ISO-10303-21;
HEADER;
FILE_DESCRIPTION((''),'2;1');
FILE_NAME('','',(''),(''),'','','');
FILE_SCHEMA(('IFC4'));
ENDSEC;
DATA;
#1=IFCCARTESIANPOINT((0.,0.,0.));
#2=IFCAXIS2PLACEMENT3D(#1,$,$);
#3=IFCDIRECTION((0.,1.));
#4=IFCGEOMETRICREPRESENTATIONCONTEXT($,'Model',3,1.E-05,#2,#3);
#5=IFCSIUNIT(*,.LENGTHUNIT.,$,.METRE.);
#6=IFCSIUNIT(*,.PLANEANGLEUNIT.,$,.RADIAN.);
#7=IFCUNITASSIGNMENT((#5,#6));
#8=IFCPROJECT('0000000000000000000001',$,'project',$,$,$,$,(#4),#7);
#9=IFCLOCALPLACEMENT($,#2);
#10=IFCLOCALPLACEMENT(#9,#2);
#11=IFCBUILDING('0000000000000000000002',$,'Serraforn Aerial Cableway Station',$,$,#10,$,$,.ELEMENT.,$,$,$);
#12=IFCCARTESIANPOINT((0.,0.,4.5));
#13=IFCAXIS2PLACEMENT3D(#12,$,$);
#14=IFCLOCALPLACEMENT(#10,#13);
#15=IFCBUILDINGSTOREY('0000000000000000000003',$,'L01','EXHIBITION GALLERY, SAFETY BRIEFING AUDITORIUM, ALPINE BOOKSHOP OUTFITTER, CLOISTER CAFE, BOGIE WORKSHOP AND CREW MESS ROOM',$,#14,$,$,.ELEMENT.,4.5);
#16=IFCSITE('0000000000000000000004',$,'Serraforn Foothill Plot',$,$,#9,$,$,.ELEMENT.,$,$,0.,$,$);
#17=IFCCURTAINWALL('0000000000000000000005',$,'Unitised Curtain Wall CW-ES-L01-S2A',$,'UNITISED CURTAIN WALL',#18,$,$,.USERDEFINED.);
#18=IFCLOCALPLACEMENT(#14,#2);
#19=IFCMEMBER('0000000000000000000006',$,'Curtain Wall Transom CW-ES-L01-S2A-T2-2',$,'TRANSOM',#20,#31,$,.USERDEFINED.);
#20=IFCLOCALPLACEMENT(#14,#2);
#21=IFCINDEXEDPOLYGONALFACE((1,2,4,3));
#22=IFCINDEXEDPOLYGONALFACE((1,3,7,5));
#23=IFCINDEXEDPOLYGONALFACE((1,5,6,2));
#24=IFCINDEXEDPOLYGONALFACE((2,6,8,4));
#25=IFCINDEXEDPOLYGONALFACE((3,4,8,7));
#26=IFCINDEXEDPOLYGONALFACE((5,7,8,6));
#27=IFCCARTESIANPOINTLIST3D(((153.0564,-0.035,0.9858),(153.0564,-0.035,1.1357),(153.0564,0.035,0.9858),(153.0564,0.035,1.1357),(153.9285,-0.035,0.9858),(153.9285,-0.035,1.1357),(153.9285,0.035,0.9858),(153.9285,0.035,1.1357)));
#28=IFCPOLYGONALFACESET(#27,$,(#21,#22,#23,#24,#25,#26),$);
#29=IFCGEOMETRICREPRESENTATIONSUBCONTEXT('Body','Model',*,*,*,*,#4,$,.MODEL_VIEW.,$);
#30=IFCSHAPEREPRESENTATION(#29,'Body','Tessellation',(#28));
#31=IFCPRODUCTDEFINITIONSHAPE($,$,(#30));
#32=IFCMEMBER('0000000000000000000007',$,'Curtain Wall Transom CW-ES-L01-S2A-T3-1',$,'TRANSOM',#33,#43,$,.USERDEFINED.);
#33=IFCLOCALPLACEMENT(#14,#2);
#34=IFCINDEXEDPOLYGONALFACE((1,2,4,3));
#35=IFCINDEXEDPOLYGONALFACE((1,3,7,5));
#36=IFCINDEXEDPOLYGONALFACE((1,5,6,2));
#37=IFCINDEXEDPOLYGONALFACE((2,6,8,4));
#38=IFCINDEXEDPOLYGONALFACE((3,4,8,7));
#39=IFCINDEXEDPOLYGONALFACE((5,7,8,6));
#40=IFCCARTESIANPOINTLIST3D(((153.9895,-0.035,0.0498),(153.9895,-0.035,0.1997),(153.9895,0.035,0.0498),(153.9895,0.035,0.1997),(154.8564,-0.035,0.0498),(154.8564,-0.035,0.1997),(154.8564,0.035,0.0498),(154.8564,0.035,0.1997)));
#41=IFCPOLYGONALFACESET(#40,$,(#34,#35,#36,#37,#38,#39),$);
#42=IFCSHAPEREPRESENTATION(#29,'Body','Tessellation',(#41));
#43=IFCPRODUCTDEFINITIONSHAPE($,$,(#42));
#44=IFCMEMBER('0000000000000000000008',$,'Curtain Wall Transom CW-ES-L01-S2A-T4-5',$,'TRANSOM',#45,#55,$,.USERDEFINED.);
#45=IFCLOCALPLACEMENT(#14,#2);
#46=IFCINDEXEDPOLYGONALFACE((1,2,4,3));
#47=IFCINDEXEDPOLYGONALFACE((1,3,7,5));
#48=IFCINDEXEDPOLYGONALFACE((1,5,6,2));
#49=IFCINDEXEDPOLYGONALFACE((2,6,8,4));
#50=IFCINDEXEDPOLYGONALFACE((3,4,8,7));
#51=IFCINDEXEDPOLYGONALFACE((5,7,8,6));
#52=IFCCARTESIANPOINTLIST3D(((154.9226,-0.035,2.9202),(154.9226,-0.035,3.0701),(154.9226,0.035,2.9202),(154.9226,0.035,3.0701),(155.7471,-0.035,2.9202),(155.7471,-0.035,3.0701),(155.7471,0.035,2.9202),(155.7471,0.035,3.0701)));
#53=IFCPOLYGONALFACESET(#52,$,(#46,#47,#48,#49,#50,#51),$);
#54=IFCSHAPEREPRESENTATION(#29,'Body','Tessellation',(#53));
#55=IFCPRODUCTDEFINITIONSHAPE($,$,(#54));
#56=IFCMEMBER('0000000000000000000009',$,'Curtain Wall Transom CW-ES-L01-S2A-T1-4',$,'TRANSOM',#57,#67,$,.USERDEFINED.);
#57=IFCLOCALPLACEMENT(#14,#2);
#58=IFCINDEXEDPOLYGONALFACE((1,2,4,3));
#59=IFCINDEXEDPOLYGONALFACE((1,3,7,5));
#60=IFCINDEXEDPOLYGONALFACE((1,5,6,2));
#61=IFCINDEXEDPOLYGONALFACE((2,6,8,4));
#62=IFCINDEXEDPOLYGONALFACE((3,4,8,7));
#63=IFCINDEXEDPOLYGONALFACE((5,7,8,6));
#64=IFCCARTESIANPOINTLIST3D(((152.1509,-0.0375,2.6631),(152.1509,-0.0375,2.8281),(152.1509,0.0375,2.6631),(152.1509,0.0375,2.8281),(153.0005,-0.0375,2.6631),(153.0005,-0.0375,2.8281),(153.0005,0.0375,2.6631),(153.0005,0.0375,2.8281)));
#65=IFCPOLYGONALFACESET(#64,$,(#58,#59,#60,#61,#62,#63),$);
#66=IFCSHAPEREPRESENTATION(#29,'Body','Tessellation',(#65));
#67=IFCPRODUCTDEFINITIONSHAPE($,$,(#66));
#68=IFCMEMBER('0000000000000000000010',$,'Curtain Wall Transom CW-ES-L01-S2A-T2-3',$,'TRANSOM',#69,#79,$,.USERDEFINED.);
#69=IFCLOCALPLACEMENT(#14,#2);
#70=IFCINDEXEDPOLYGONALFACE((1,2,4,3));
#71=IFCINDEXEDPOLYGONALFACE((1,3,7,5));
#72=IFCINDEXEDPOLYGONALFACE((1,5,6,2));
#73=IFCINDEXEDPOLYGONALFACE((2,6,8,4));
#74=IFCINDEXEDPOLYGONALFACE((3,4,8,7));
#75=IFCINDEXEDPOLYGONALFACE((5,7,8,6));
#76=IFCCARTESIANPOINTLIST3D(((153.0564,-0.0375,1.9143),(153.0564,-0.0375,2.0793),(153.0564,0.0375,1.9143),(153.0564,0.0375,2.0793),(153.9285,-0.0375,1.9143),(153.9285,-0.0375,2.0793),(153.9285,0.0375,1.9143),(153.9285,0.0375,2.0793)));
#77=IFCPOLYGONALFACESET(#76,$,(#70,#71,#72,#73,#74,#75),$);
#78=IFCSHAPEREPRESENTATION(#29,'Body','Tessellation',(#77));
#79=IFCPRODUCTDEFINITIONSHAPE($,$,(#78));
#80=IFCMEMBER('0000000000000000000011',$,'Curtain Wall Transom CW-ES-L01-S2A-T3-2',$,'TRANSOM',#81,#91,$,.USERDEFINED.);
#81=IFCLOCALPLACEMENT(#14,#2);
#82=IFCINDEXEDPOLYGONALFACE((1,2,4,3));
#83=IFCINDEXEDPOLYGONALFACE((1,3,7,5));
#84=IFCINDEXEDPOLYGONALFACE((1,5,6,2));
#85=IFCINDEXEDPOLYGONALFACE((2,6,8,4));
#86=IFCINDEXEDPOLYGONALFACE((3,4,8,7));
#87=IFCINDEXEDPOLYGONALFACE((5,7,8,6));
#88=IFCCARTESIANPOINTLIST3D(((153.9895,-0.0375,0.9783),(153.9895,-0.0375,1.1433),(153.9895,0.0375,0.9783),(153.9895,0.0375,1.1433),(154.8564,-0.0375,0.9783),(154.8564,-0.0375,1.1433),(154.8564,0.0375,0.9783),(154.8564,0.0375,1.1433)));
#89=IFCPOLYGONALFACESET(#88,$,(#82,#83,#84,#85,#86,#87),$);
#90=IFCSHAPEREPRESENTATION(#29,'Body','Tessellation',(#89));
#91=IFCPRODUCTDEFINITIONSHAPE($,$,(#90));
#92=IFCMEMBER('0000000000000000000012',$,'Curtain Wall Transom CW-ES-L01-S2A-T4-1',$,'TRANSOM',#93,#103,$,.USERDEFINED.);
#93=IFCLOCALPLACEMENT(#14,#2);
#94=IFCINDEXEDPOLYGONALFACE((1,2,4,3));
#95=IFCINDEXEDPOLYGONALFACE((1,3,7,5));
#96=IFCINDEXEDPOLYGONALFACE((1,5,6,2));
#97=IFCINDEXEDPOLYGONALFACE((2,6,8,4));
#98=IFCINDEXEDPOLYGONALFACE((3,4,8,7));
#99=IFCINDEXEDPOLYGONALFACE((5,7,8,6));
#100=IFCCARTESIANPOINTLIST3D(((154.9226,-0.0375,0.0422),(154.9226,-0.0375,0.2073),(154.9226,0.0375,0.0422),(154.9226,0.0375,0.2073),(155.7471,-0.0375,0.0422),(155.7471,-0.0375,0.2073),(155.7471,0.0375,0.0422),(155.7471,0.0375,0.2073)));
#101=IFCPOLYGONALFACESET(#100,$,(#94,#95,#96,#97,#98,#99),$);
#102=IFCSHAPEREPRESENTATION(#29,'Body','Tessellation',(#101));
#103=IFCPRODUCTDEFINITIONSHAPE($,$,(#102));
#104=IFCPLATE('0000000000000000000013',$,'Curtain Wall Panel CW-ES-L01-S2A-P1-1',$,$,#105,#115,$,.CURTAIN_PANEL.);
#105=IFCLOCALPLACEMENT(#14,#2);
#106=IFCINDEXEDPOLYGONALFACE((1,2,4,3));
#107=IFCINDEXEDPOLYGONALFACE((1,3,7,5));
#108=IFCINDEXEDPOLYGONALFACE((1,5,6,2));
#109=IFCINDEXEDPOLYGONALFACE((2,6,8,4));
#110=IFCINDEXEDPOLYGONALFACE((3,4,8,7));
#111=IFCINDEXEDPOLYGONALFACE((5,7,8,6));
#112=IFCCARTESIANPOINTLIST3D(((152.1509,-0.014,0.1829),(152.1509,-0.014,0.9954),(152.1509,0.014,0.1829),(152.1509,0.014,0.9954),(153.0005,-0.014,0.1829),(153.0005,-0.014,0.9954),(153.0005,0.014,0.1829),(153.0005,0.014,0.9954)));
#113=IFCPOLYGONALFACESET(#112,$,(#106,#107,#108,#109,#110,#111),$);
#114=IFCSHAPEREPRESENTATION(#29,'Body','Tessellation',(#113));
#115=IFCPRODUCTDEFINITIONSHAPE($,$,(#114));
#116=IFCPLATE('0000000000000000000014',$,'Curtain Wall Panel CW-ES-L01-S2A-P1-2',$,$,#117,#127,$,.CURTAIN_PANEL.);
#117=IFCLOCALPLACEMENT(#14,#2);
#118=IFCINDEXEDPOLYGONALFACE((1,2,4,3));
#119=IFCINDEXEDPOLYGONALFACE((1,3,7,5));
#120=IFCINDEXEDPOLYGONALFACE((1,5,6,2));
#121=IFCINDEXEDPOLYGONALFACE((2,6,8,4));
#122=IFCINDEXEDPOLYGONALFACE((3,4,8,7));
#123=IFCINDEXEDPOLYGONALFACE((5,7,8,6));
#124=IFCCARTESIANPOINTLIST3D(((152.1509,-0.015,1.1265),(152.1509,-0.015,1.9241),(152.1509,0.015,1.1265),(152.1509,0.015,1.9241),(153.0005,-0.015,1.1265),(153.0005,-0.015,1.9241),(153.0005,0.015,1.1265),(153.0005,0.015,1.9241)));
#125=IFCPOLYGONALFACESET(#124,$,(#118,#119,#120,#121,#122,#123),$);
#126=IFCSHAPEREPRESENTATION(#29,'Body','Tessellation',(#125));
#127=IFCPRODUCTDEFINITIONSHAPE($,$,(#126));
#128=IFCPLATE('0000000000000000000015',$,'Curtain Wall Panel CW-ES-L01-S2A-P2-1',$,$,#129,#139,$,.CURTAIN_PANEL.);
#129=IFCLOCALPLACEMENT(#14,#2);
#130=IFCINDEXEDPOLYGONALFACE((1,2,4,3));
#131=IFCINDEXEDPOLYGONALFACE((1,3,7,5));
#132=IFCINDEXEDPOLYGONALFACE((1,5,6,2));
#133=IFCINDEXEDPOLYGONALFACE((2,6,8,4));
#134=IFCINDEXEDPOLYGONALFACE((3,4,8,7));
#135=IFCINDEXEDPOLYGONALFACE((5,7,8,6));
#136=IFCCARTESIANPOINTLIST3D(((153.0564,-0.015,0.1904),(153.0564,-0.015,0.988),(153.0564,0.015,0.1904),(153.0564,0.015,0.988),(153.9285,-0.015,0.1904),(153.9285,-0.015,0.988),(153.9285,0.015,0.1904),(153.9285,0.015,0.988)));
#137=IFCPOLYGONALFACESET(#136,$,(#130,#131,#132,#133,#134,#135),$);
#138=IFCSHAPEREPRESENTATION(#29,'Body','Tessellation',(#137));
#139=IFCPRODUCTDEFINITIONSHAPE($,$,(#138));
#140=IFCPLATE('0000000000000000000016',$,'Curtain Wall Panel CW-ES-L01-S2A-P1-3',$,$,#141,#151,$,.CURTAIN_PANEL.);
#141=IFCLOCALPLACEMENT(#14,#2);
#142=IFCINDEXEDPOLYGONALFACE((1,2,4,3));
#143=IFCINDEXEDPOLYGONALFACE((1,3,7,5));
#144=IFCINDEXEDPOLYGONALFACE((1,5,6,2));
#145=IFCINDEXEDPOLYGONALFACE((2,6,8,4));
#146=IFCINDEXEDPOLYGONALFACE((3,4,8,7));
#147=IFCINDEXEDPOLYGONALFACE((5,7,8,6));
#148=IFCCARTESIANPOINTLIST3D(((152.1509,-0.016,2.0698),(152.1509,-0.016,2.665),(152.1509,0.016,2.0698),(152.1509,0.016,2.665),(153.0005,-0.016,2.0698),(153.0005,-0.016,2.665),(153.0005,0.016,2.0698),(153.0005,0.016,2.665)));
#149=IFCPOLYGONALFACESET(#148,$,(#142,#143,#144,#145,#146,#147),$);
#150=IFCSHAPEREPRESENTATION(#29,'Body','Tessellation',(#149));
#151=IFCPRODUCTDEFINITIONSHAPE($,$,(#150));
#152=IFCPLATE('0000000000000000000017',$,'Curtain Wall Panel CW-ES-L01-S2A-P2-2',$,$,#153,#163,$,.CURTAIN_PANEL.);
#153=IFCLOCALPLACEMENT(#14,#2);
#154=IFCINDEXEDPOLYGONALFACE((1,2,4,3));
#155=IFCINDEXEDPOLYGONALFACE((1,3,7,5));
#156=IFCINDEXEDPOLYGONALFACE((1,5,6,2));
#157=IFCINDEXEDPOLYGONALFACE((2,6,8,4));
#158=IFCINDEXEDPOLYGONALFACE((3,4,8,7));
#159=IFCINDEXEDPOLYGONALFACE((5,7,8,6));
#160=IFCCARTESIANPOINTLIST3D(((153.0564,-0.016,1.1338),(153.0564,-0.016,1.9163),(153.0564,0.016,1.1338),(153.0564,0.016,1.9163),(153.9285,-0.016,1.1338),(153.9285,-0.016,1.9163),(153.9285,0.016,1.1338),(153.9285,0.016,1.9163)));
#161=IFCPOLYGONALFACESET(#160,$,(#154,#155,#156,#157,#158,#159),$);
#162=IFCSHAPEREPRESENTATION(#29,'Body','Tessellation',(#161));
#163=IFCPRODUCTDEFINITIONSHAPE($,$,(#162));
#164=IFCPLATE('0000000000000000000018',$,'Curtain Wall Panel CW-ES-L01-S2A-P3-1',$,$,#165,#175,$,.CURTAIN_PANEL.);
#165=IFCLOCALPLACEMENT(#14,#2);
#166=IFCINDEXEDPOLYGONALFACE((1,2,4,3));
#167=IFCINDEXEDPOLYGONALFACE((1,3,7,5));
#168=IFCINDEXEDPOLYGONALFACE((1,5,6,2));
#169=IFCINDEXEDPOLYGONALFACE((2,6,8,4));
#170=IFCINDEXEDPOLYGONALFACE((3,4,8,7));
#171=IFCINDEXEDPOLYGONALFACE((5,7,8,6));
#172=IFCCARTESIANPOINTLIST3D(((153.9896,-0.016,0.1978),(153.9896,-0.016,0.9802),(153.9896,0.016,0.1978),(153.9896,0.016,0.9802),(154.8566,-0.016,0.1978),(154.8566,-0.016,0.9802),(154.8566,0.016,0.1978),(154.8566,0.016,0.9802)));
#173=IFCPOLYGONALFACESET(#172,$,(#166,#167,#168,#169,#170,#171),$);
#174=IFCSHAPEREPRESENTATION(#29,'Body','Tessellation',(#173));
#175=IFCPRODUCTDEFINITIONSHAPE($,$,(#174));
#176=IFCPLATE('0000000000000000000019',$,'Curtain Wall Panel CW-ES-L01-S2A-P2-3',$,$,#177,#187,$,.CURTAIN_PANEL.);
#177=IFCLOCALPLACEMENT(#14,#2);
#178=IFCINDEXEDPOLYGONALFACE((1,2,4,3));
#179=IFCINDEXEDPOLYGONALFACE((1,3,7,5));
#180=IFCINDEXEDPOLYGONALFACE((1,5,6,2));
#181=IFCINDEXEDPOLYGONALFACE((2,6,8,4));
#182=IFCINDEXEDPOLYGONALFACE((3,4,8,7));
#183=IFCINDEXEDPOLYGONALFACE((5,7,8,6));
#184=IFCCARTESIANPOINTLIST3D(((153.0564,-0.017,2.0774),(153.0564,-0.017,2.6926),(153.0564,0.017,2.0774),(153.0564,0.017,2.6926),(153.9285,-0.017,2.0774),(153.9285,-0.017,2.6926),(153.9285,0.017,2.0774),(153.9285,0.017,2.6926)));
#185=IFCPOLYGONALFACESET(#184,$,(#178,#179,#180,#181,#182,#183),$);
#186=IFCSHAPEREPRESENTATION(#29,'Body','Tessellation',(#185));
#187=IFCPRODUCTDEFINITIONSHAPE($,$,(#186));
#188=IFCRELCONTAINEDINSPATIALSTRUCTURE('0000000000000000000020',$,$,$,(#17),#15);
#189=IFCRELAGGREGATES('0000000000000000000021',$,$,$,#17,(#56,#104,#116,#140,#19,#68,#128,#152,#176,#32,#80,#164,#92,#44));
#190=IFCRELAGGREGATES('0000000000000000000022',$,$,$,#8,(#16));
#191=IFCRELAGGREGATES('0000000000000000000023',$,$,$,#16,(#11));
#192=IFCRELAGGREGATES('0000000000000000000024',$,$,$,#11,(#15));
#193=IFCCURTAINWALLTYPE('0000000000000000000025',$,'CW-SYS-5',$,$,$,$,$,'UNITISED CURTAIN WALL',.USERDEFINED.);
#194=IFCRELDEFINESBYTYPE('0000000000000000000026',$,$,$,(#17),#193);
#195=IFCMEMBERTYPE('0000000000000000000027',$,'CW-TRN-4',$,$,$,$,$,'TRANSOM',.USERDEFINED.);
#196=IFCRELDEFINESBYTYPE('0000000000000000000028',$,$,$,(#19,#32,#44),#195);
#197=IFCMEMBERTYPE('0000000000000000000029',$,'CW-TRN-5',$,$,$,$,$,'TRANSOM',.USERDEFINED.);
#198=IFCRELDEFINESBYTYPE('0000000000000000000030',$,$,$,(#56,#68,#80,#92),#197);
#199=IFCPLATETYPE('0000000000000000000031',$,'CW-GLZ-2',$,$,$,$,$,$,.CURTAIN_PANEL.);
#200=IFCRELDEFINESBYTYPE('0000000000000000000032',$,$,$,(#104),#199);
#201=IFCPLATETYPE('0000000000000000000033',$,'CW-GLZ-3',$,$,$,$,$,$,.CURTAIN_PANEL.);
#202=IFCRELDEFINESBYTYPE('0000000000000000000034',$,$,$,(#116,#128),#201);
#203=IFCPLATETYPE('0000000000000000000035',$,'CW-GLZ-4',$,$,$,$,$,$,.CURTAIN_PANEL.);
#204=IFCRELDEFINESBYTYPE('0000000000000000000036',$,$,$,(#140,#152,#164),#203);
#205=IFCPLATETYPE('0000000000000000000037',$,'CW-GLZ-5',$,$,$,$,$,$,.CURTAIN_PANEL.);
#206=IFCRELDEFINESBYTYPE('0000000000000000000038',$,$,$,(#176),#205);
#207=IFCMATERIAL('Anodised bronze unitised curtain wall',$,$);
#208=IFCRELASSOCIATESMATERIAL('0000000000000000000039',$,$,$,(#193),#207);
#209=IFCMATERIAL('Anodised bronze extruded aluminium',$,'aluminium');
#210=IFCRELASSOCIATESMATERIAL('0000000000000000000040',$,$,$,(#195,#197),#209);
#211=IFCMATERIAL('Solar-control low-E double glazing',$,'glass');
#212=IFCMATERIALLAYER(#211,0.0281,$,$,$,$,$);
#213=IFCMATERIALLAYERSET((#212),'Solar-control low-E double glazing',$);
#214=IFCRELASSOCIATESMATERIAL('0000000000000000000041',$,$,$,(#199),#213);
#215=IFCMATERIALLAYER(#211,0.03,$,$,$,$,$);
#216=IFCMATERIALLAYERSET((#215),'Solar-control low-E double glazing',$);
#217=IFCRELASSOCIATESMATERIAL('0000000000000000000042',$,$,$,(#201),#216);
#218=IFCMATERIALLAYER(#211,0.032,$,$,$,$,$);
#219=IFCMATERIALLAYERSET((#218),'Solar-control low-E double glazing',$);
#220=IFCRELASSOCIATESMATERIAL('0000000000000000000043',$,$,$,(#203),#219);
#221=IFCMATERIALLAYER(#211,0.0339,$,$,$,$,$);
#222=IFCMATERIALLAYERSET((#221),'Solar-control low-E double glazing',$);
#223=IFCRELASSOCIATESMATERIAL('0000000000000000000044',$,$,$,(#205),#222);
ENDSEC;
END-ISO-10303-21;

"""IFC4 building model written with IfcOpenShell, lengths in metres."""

from ifc_helpers import new_model, si_unit, direction, frame, origin, origin_2d, place, context, subcontext, project, spatial, rectangle, extrude, material, layer, layer_set, material_profile, profile_set, type_object, element, aggregate, save


model = new_model("IFC4")

# Units and contexts
model_context = context("Model", 3, precision=1e-05, world=origin(), true_north=direction((0.0, 1.0)))
body_context = subcontext(model_context, "Body", "Model", "MODEL_VIEW")
ifc_project = project(units=[si_unit("LENGTHUNIT", "METRE"), si_unit("PLANEANGLEUNIT", "RADIAN")], contexts=[model_context])

# Site, building, storey
site_placement = place(None, origin())
site = spatial("IfcSite", under=ifc_project, at=site_placement, Name="Serraforn Foothill Plot", CompositionType="ELEMENT", RefElevation=0.0)
building_placement = place(site_placement, origin())
building = spatial("IfcBuilding", under=site, at=building_placement, Name="Serraforn Aerial Cableway Station", CompositionType="ELEMENT")
storey_placement = place(building_placement, frame((0.0, 0.0, 4.5)))
storey = spatial("IfcBuildingStorey", under=building, at=storey_placement, Name="L01", Description="EXHIBITION GALLERY, SAFETY BRIEFING AUDITORIUM, ALPINE BOOKSHOP OUTFITTER, CLOISTER CAFE, BOGIE WORKSHOP AND CREW MESS ROOM", CompositionType="ELEMENT", Elevation=4.5)

# Curtain wall, members, plates
ifc_material_1 = material(Name="Anodised bronze unitised curtain wall")
curtain_wall_type = type_object("IfcCurtainWallType", Name="CW-SYS-5", ElementType="UNITISED CURTAIN WALL", PredefinedType="USERDEFINED", material=ifc_material_1)
curtain_wall_placement = place(storey_placement, origin())
curtain_wall = element("IfcCurtainWall", 1, at=curtain_wall_placement, inside=storey, type_object=curtain_wall_type, Name="Unitised Curtain Wall CW-ES-L01-S2A", ObjectType="UNITISED CURTAIN WALL", PredefinedType="USERDEFINED")
ifc_material_2 = material(Name="Anodised bronze extruded aluminium", Category="aluminium")
ifc_material_profile_1 = material_profile(ifc_material_2, rectangle(XDim=0.0701, YDim=0.1499, at=origin_2d()), Name="CW TRANSOM 70x150")
ifc_profile_set_1 = profile_set([ifc_material_profile_1], Name="Anodised bronze extruded aluminium")
member_type_1 = type_object("IfcMemberType", Name="CW-TRN-4", ElementType="TRANSOM", PredefinedType="USERDEFINED", material=ifc_profile_set_1)
member_1_placement = place(storey_placement, frame((153.0564, 0.0, 1.0608), z_axis=(1.0, 0.0, 0.0), x_axis=(0.0, 1.0, 0.0)))
member_1 = element("IfcMember", 2, at=member_1_placement, type_object=member_type_1, Name="Curtain Wall Transom CW-ES-L01-S2A-T2-2", ObjectType="TRANSOM", PredefinedType="USERDEFINED", context=body_context, shape_type="SweptSolid", body=[
    extrude(rectangle(XDim=0.0701, YDim=0.1499, at=origin_2d()), origin(), (0.0, 0.0, 1.0), 0.8721),
])
member_2_placement = place(storey_placement, frame((153.9895, 0.0, 0.1248), z_axis=(1.0, 0.0, 0.0), x_axis=(0.0, 1.0, 0.0)))
member_2 = element("IfcMember", 3, at=member_2_placement, type_object=member_type_1, Name="Curtain Wall Transom CW-ES-L01-S2A-T3-1", ObjectType="TRANSOM", PredefinedType="USERDEFINED", context=body_context, shape_type="SweptSolid", body=[
    extrude(rectangle(XDim=0.0701, YDim=0.1499, at=origin_2d()), origin(), (0.0, 0.0, 1.0), 0.8669),
])
member_3_placement = place(storey_placement, frame((154.9226, 0.0, 2.9951), z_axis=(1.0, 0.0, 0.0), x_axis=(0.0, 1.0, 0.0)))
member_3 = element("IfcMember", 4, at=member_3_placement, type_object=member_type_1, Name="Curtain Wall Transom CW-ES-L01-S2A-T4-5", ObjectType="TRANSOM", PredefinedType="USERDEFINED", context=body_context, shape_type="SweptSolid", body=[
    extrude(rectangle(XDim=0.0701, YDim=0.1499, at=origin_2d()), origin(), (0.0, 0.0, 1.0), 0.8245),
])
ifc_material_profile_2 = material_profile(ifc_material_2, rectangle(XDim=0.075, YDim=0.165, at=origin_2d()), Name="CW TRANSOM 75x165")
ifc_profile_set_2 = profile_set([ifc_material_profile_2], Name="Anodised bronze extruded aluminium")
member_type_2 = type_object("IfcMemberType", Name="CW-TRN-5", ElementType="TRANSOM", PredefinedType="USERDEFINED", material=ifc_profile_set_2)
member_4_placement = place(storey_placement, frame((152.1509, 0.0, 2.7456), z_axis=(1.0, 0.0, 0.0), x_axis=(0.0, 1.0, 0.0)))
member_4 = element("IfcMember", 5, at=member_4_placement, type_object=member_type_2, Name="Curtain Wall Transom CW-ES-L01-S2A-T1-4", ObjectType="TRANSOM", PredefinedType="USERDEFINED", context=body_context, shape_type="SweptSolid", body=[
    extrude(rectangle(XDim=0.075, YDim=0.165, at=origin_2d()), origin(), (0.0, 0.0, 1.0), 0.8496),
])
member_5_placement = place(storey_placement, frame((153.0564, 0.0, 1.9968), z_axis=(1.0, 0.0, 0.0), x_axis=(0.0, 1.0, 0.0)))
member_5 = element("IfcMember", 6, at=member_5_placement, type_object=member_type_2, Name="Curtain Wall Transom CW-ES-L01-S2A-T2-3", ObjectType="TRANSOM", PredefinedType="USERDEFINED", context=body_context, shape_type="SweptSolid", body=[
    extrude(rectangle(XDim=0.075, YDim=0.165, at=origin_2d()), origin(), (0.0, 0.0, 1.0), 0.8721),
])
member_6_placement = place(storey_placement, frame((153.9895, 0.0, 1.0608), z_axis=(1.0, 0.0, 0.0), x_axis=(0.0, 1.0, 0.0)))
member_6 = element("IfcMember", 7, at=member_6_placement, type_object=member_type_2, Name="Curtain Wall Transom CW-ES-L01-S2A-T3-2", ObjectType="TRANSOM", PredefinedType="USERDEFINED", context=body_context, shape_type="SweptSolid", body=[
    extrude(rectangle(XDim=0.075, YDim=0.165, at=origin_2d()), origin(), (0.0, 0.0, 1.0), 0.8669),
])
member_7_placement = place(storey_placement, frame((154.9226, 0.0, 0.1248), z_axis=(1.0, 0.0, 0.0), x_axis=(0.0, 1.0, 0.0)))
member_7 = element("IfcMember", 8, at=member_7_placement, type_object=member_type_2, Name="Curtain Wall Transom CW-ES-L01-S2A-T4-1", ObjectType="TRANSOM", PredefinedType="USERDEFINED", context=body_context, shape_type="SweptSolid", body=[
    extrude(rectangle(XDim=0.075, YDim=0.165, at=origin_2d()), origin(), (0.0, 0.0, 1.0), 0.8245),
])
ifc_material_3 = material(Name="Solar-control low-E double glazing", Category="glass")
ifc_layer_1 = layer(ifc_material_3, 0.0281)
ifc_layer_set_1 = layer_set([ifc_layer_1], Name="Solar-control low-E double glazing")
plate_type_1 = type_object("IfcPlateType", Name="CW-GLZ-2", PredefinedType="CURTAIN_PANEL", material=ifc_layer_set_1)
plate_1_placement = place(storey_placement, frame((152.5757, 0.0, 0.1829), z_axis=(0.0, 0.0, 1.0), x_axis=(1.0, 0.0, 0.0)))
plate_1 = element("IfcPlate", 9, at=plate_1_placement, type_object=plate_type_1, Name="Curtain Wall Panel CW-ES-L01-S2A-P1-1", PredefinedType="CURTAIN_PANEL", context=body_context, shape_type="SweptSolid", body=[
    extrude(rectangle(XDim=0.8496, YDim=0.0281, at=origin_2d()), origin(), (0.0, 0.0, 1.0), 0.8125),
])
ifc_layer_2 = layer(ifc_material_3, 0.03)
ifc_layer_set_2 = layer_set([ifc_layer_2], Name="Solar-control low-E double glazing")
plate_type_2 = type_object("IfcPlateType", Name="CW-GLZ-3", PredefinedType="CURTAIN_PANEL", material=ifc_layer_set_2)
plate_2_placement = place(storey_placement, frame((152.5757, 0.0, 1.1265), z_axis=(0.0, 0.0, 1.0), x_axis=(1.0, 0.0, 0.0)))
plate_2 = element("IfcPlate", 10, at=plate_2_placement, type_object=plate_type_2, Name="Curtain Wall Panel CW-ES-L01-S2A-P1-2", PredefinedType="CURTAIN_PANEL", context=body_context, shape_type="SweptSolid", body=[
    extrude(rectangle(XDim=0.8496, YDim=0.03, at=origin_2d()), origin(), (0.0, 0.0, 1.0), 0.7976),
])
plate_3_placement = place(storey_placement, frame((153.4924, 0.0, 0.1904), z_axis=(0.0, 0.0, 1.0), x_axis=(1.0, 0.0, 0.0)))
plate_3 = element("IfcPlate", 11, at=plate_3_placement, type_object=plate_type_2, Name="Curtain Wall Panel CW-ES-L01-S2A-P2-1", PredefinedType="CURTAIN_PANEL", context=body_context, shape_type="SweptSolid", body=[
    extrude(rectangle(XDim=0.8721, YDim=0.03, at=origin_2d()), origin(), (0.0, 0.0, 1.0), 0.7976),
])
ifc_layer_3 = layer(ifc_material_3, 0.032)
ifc_layer_set_3 = layer_set([ifc_layer_3], Name="Solar-control low-E double glazing")
plate_type_3 = type_object("IfcPlateType", Name="CW-GLZ-4", PredefinedType="CURTAIN_PANEL", material=ifc_layer_set_3)
plate_4_placement = place(storey_placement, frame((152.5757, 0.0, 2.0698), z_axis=(0.0, 0.0, 1.0), x_axis=(1.0, 0.0, 0.0)))
plate_4 = element("IfcPlate", 12, at=plate_4_placement, type_object=plate_type_3, Name="Curtain Wall Panel CW-ES-L01-S2A-P1-3", PredefinedType="CURTAIN_PANEL", context=body_context, shape_type="SweptSolid", body=[
    extrude(rectangle(XDim=0.8496, YDim=0.032, at=origin_2d()), origin(), (0.0, 0.0, 1.0), 0.5952),
])
plate_5_placement = place(storey_placement, frame((153.4924, 0.0, 1.1338), z_axis=(0.0, 0.0, 1.0), x_axis=(1.0, 0.0, 0.0)))
plate_5 = element("IfcPlate", 13, at=plate_5_placement, type_object=plate_type_3, Name="Curtain Wall Panel CW-ES-L01-S2A-P2-2", PredefinedType="CURTAIN_PANEL", context=body_context, shape_type="SweptSolid", body=[
    extrude(rectangle(XDim=0.8721, YDim=0.032, at=origin_2d()), origin(), (0.0, 0.0, 1.0), 0.7825),
])
plate_6_placement = place(storey_placement, frame((154.4231, 0.0, 0.1978), z_axis=(0.0, 0.0, 1.0), x_axis=(1.0, 0.0, 0.0)))
plate_6 = element("IfcPlate", 14, at=plate_6_placement, type_object=plate_type_3, Name="Curtain Wall Panel CW-ES-L01-S2A-P3-1", PredefinedType="CURTAIN_PANEL", context=body_context, shape_type="SweptSolid", body=[
    extrude(rectangle(XDim=0.8669, YDim=0.032, at=origin_2d()), origin(), (0.0, 0.0, 1.0), 0.7825),
])
ifc_layer_4 = layer(ifc_material_3, 0.0339)
ifc_layer_set_4 = layer_set([ifc_layer_4], Name="Solar-control low-E double glazing")
plate_type_4 = type_object("IfcPlateType", Name="CW-GLZ-5", PredefinedType="CURTAIN_PANEL", material=ifc_layer_set_4)
plate_7_placement = place(storey_placement, frame((153.4924, 0.0, 2.0774), z_axis=(0.0, 0.0, 1.0), x_axis=(1.0, 0.0, 0.0)))
plate_7 = element("IfcPlate", 15, at=plate_7_placement, type_object=plate_type_4, Name="Curtain Wall Panel CW-ES-L01-S2A-P2-3", PredefinedType="CURTAIN_PANEL", context=body_context, shape_type="SweptSolid", body=[
    extrude(rectangle(XDim=0.8721, YDim=0.0339, at=origin_2d()), origin(), (0.0, 0.0, 1.0), 0.6152),
])
aggregate(curtain_wall, [member_4, plate_1, plate_2, plate_4, member_1, member_5, plate_3, plate_5, plate_7, member_2, member_6, plate_6, member_7, member_3])

save(model, "model.ifc")
